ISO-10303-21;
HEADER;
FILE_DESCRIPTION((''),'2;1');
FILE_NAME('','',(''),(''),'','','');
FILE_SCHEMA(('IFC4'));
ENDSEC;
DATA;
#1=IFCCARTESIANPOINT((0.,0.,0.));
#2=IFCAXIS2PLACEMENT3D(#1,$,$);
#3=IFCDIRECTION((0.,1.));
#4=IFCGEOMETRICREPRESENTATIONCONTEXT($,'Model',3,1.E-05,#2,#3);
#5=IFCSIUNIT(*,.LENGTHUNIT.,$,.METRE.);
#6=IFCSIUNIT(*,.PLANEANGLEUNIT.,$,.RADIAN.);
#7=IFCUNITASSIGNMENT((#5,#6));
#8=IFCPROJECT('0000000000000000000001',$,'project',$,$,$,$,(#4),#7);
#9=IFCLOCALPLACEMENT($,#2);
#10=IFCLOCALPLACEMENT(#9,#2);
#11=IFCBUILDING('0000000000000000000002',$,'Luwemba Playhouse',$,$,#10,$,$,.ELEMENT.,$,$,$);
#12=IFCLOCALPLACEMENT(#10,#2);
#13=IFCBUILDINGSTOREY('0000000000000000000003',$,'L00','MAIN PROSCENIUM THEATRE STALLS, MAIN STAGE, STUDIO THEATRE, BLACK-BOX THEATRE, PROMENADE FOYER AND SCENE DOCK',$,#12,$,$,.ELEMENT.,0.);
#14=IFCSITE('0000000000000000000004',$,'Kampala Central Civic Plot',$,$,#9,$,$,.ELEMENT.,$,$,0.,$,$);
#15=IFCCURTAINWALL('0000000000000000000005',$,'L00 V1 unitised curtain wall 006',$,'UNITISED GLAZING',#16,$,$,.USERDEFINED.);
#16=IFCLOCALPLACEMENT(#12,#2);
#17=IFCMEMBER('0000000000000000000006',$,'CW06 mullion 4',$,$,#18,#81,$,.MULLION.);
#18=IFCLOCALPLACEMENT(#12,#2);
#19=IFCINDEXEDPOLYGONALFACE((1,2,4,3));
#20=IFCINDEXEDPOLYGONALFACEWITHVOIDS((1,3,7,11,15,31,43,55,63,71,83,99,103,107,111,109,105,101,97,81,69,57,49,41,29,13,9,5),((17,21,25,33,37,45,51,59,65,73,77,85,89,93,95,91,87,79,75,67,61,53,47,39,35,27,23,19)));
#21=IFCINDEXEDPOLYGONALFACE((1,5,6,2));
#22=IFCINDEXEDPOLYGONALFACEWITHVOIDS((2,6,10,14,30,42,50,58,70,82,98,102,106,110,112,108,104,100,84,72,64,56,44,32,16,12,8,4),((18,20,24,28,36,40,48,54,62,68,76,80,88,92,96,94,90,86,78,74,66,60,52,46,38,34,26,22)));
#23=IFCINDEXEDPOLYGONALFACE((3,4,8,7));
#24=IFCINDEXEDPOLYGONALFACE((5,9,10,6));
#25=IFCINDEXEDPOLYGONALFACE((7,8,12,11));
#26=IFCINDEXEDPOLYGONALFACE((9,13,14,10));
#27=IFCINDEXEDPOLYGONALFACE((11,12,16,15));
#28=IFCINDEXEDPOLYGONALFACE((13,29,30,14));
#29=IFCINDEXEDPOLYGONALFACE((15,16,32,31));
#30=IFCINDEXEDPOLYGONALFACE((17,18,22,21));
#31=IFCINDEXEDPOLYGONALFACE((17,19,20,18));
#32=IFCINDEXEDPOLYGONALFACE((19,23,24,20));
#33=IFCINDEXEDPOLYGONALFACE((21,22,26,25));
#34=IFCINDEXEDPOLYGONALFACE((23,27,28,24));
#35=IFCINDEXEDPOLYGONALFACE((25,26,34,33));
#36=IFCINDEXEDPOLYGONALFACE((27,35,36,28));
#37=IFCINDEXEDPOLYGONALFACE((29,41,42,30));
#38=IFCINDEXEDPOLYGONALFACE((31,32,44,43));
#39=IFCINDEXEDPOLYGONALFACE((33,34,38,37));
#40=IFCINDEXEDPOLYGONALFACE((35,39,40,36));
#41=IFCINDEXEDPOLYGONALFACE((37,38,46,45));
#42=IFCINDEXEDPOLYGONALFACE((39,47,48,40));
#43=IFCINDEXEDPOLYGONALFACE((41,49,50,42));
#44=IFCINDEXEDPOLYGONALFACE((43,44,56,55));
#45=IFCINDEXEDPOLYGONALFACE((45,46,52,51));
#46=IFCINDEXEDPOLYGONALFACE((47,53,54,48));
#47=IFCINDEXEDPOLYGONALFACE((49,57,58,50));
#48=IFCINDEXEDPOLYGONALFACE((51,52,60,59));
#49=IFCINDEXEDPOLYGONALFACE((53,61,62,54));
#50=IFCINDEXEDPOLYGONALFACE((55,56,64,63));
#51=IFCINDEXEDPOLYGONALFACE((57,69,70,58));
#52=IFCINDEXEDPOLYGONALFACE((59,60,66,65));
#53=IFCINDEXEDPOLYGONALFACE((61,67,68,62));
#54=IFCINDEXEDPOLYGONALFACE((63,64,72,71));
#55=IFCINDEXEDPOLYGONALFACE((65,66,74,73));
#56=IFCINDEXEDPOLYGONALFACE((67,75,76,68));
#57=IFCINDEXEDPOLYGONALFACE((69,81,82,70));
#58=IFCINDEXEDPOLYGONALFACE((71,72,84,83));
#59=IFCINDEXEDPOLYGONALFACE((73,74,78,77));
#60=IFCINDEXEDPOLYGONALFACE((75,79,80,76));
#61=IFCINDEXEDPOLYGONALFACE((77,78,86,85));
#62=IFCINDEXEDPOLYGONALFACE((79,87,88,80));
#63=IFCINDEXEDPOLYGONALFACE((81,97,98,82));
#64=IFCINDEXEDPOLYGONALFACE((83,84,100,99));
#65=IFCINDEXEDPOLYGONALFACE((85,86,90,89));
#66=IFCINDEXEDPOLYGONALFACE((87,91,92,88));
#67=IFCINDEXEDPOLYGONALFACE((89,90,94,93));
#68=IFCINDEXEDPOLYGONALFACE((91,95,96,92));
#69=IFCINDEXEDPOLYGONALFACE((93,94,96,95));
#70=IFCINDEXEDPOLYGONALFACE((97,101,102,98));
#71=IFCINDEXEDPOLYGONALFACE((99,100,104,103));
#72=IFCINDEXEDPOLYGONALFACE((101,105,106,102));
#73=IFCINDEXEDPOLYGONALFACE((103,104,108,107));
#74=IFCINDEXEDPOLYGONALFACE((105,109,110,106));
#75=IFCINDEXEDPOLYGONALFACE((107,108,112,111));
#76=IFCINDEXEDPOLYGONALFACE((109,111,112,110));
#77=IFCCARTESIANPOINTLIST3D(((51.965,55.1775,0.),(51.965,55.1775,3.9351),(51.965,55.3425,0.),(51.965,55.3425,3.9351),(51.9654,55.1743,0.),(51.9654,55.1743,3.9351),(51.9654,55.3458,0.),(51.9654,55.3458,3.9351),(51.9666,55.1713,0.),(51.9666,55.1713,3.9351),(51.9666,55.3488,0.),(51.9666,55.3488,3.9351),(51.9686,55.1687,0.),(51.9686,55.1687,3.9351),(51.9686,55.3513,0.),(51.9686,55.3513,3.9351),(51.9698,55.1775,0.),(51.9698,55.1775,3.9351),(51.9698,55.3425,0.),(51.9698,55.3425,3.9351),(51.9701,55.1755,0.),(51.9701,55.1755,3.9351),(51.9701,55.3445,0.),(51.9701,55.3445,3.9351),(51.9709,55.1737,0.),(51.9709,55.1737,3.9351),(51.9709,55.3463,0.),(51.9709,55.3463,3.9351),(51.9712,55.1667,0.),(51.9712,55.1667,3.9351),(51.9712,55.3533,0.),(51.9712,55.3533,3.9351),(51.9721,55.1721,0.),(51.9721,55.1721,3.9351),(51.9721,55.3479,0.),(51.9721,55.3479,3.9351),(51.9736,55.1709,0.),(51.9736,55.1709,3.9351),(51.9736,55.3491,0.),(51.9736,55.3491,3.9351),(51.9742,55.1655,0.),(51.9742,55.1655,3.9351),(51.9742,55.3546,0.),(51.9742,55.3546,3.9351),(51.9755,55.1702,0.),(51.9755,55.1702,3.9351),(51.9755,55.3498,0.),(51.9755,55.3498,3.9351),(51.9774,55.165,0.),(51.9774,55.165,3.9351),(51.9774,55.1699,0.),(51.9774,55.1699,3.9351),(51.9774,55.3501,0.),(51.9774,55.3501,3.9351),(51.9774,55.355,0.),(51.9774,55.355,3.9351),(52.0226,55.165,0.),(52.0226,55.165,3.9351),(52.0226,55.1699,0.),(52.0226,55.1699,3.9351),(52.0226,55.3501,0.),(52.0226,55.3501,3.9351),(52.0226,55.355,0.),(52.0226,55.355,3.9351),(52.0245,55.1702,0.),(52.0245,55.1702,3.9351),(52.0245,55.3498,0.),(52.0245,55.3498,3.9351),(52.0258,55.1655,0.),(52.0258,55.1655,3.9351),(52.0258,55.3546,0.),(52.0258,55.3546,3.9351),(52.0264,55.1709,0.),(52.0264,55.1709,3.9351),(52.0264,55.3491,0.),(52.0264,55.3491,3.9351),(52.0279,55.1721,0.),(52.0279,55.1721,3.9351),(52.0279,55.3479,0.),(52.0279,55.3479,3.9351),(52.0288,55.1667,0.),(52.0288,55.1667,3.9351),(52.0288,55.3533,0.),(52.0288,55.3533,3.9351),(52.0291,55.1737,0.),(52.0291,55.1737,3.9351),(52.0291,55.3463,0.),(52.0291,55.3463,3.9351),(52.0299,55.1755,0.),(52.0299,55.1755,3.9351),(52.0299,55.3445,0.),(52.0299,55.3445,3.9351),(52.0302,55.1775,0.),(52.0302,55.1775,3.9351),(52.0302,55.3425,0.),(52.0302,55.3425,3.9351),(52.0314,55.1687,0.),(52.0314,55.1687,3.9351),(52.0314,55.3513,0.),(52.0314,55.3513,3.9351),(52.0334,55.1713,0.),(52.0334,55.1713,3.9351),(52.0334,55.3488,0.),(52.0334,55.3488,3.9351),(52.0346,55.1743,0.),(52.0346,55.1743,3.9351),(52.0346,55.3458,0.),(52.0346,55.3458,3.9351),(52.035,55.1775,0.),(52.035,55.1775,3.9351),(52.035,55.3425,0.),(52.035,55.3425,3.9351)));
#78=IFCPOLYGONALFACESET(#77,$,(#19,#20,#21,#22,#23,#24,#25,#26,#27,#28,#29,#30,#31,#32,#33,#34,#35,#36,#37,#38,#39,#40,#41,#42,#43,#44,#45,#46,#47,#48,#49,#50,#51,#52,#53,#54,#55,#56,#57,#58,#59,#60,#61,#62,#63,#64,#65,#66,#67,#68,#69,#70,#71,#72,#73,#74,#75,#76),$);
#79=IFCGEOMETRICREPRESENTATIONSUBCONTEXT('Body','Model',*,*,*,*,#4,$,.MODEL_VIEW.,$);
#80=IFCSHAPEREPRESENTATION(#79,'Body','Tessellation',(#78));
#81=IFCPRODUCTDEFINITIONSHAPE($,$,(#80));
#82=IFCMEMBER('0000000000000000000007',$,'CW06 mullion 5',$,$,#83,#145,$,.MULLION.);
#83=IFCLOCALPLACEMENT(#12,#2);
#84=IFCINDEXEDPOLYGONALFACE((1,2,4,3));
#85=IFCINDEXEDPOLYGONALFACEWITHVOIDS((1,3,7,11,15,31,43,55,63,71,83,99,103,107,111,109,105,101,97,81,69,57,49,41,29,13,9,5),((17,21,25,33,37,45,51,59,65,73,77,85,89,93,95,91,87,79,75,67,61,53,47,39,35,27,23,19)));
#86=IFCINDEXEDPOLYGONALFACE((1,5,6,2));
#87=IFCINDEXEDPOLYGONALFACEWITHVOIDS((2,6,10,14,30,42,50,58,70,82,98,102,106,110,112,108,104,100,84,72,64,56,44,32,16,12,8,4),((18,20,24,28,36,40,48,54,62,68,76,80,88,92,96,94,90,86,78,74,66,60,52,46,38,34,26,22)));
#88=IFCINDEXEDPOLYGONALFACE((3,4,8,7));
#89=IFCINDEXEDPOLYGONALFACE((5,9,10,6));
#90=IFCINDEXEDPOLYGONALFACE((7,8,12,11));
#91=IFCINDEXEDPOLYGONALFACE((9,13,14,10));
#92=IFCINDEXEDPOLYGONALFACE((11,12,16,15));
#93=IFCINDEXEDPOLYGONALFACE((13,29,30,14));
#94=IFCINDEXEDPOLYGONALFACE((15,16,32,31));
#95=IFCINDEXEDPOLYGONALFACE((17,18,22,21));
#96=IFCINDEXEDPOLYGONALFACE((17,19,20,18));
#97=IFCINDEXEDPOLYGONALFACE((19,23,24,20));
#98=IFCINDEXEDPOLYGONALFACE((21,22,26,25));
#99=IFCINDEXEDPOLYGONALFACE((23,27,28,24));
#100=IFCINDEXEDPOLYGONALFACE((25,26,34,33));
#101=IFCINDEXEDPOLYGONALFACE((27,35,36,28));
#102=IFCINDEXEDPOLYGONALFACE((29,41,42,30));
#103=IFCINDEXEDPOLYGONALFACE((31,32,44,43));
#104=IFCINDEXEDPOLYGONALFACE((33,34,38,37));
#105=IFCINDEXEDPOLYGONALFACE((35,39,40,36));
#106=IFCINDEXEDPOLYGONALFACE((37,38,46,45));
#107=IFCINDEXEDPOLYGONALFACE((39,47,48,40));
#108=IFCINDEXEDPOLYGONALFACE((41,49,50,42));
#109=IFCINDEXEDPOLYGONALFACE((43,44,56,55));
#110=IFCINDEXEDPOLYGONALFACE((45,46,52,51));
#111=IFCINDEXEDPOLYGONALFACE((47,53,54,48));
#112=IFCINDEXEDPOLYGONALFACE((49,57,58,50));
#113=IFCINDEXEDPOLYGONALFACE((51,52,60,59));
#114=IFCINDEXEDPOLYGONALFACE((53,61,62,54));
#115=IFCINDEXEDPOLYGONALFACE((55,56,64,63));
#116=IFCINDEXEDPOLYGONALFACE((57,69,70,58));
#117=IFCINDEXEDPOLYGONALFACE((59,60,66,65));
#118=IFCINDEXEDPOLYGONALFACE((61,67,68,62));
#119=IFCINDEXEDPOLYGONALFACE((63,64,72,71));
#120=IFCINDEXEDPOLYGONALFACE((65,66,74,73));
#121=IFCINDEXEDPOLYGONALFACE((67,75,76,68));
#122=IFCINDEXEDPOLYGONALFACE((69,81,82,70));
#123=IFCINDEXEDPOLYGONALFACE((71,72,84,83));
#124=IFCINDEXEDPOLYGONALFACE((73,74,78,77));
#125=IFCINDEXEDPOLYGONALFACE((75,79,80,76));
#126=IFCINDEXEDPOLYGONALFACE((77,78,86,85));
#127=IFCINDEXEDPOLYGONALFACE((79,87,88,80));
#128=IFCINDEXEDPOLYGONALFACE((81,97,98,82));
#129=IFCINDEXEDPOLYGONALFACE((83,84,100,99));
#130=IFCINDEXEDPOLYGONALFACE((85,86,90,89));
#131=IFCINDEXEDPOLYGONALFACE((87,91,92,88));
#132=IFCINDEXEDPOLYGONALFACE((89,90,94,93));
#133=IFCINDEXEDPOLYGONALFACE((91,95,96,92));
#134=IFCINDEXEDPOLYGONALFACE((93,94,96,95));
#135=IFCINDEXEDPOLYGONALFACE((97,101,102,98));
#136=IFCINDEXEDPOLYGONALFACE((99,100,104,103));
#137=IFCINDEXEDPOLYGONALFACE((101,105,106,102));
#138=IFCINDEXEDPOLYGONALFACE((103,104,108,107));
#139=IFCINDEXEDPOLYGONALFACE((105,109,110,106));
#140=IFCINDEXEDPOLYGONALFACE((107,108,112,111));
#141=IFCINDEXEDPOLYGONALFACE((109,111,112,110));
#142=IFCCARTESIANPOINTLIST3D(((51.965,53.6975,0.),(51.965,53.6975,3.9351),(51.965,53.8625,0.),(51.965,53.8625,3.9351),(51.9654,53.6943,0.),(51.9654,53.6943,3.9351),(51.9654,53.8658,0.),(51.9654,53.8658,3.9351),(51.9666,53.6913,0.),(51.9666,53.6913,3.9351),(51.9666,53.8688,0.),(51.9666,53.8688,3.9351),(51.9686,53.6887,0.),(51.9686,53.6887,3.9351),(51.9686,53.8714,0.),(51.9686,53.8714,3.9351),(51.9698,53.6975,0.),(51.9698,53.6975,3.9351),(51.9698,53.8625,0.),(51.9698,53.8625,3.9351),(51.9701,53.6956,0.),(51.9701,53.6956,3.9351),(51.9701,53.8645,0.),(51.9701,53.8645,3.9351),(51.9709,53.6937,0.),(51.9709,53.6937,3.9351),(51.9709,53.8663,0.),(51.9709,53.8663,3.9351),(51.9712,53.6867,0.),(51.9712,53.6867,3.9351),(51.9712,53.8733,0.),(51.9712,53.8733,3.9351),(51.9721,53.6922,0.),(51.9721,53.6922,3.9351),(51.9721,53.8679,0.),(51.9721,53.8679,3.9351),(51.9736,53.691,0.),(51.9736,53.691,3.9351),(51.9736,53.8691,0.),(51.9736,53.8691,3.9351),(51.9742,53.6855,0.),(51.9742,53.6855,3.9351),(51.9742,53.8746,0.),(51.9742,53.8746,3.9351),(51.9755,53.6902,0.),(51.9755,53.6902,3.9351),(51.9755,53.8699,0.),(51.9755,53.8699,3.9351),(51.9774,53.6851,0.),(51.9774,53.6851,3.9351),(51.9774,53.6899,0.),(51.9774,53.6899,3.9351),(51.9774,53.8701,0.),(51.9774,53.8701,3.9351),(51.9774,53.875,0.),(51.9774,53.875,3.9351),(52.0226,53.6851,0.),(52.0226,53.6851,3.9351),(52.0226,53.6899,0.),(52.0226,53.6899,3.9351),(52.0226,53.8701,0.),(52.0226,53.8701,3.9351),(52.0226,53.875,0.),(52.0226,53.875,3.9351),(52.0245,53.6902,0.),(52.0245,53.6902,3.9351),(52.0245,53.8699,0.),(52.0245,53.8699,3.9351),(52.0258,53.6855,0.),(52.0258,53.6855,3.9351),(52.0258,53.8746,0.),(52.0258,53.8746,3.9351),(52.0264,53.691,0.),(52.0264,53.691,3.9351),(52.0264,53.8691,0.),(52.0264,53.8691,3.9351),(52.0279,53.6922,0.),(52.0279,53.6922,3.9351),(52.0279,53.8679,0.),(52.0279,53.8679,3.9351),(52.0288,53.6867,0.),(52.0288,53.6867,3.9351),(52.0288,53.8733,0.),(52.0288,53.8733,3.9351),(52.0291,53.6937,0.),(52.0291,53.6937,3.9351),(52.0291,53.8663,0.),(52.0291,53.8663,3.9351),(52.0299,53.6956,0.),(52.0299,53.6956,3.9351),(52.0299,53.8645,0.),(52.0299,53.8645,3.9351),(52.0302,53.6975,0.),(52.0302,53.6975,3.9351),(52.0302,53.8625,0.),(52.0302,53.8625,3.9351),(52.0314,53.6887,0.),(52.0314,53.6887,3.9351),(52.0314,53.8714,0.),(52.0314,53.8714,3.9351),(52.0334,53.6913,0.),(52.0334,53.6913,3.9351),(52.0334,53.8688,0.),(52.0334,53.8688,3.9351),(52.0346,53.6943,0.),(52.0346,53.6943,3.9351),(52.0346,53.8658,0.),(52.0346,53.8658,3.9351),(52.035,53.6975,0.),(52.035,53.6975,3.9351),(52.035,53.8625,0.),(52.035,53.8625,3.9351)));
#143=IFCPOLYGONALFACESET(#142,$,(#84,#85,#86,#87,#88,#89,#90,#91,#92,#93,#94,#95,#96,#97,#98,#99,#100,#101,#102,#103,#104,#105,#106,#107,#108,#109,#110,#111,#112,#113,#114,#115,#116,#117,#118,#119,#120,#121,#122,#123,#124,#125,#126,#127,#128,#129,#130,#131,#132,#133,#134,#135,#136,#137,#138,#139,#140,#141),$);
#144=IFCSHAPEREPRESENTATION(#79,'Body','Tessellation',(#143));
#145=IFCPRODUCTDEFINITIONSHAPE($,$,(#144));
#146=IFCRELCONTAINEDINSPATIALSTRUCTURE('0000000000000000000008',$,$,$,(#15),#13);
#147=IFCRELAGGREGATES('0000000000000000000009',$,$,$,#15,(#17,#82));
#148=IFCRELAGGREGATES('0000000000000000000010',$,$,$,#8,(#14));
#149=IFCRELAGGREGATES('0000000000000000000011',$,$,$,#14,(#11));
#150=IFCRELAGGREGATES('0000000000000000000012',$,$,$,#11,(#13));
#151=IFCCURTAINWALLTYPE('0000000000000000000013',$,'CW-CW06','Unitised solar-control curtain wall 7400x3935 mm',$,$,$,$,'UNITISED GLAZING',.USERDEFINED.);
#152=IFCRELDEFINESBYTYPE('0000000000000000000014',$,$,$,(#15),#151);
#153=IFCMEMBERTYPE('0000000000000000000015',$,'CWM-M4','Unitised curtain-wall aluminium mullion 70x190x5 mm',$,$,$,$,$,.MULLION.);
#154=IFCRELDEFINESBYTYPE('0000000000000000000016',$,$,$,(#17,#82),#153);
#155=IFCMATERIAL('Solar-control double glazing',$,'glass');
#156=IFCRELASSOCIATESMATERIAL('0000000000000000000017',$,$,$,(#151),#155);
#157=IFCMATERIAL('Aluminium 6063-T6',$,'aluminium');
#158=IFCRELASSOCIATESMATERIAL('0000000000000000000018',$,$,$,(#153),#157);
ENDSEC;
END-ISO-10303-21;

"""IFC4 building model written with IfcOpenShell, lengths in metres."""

from ifc_helpers import new_model, si_unit, direction, frame, origin, origin_2d, place, context, subcontext, project, spatial, hollow_rectangle, extrude, material, material_profile, profile_set, type_object, element, aggregate, save


model = new_model("IFC4")

# Units and contexts
model_context = context("Model", 3, precision=1e-05, world=origin(), true_north=direction((0.0, 1.0)))
body_context = subcontext(model_context, "Body", "Model", "MODEL_VIEW")
ifc_project = project(units=[si_unit("LENGTHUNIT", "METRE"), si_unit("PLANEANGLEUNIT", "RADIAN")], contexts=[model_context])

# Site, building, storey
site_placement = place(None, origin())
site = spatial("IfcSite", under=ifc_project, at=site_placement, Name="Kampala Central Civic Plot", CompositionType="ELEMENT", RefElevation=0.0)
building_placement = place(site_placement, origin())
building = spatial("IfcBuilding", under=site, at=building_placement, Name="Luwemba Playhouse", CompositionType="ELEMENT")
storey_placement = place(building_placement, origin())
storey = spatial("IfcBuildingStorey", under=building, at=storey_placement, Name="L00", Description="MAIN PROSCENIUM THEATRE STALLS, MAIN STAGE, STUDIO THEATRE, BLACK-BOX THEATRE, PROMENADE FOYER AND SCENE DOCK", CompositionType="ELEMENT", Elevation=0.0)

# Curtain wall, members
ifc_material_1 = material(Name="Solar-control double glazing", Category="glass")
curtain_wall_type = type_object("IfcCurtainWallType", Name="CW-CW06", Description="Unitised solar-control curtain wall 7400x3935 mm", ElementType="UNITISED GLAZING", PredefinedType="USERDEFINED", material=ifc_material_1)
curtain_wall_placement = place(storey_placement, origin())
curtain_wall = element("IfcCurtainWall", 1, at=curtain_wall_placement, inside=storey, type_object=curtain_wall_type, Name="L00 V1 unitised curtain wall 006", ObjectType="UNITISED GLAZING", PredefinedType="USERDEFINED")
ifc_material_2 = material(Name="Aluminium 6063-T6", Category="aluminium")
ifc_material_profile_1 = material_profile(ifc_material_2, hollow_rectangle(XDim=0.0701, YDim=0.1899, WallThickness=0.0049, InnerFilletRadius=0.0076, OuterFilletRadius=0.0125, at=origin_2d()))
ifc_profile_set_1 = profile_set([ifc_material_profile_1], Name="Aluminium 6063-T6")
member_type_1 = type_object("IfcMemberType", Name="CWM-M4", Description="Unitised curtain-wall aluminium mullion 70x190x5 mm", PredefinedType="MULLION", material=ifc_profile_set_1)
member_1_placement = place(storey_placement, frame((52.0, 55.26, 0.0), z_axis=(0.0, 0.0, 1.0), x_axis=(1.0, 0.0, 0.0)))
member_1 = element("IfcMember", 2, at=member_1_placement, type_object=member_type_1, Name="CW06 mullion 4", PredefinedType="MULLION", context=body_context, shape_type="SweptSolid", body=[
    extrude(hollow_rectangle(XDim=0.0701, YDim=0.1899, WallThickness=0.0049, InnerFilletRadius=0.0076, OuterFilletRadius=0.0125, at=origin_2d()), origin(), (0.0, 0.0, 1.0), 3.9351),
])
member_2_placement = place(storey_placement, frame((52.0, 53.78, 0.0), z_axis=(0.0, 0.0, 1.0), x_axis=(1.0, 0.0, 0.0)))
member_2 = element("IfcMember", 3, at=member_2_placement, type_object=member_type_1, Name="CW06 mullion 5", PredefinedType="MULLION", context=body_context, shape_type="SweptSolid", body=[
    extrude(hollow_rectangle(XDim=0.0701, YDim=0.1899, WallThickness=0.0049, InnerFilletRadius=0.0076, OuterFilletRadius=0.0125, at=origin_2d()), origin(), (0.0, 0.0, 1.0), 3.9351),
])
aggregate(curtain_wall, [member_1, member_2])

save(model, "model.ifc")
